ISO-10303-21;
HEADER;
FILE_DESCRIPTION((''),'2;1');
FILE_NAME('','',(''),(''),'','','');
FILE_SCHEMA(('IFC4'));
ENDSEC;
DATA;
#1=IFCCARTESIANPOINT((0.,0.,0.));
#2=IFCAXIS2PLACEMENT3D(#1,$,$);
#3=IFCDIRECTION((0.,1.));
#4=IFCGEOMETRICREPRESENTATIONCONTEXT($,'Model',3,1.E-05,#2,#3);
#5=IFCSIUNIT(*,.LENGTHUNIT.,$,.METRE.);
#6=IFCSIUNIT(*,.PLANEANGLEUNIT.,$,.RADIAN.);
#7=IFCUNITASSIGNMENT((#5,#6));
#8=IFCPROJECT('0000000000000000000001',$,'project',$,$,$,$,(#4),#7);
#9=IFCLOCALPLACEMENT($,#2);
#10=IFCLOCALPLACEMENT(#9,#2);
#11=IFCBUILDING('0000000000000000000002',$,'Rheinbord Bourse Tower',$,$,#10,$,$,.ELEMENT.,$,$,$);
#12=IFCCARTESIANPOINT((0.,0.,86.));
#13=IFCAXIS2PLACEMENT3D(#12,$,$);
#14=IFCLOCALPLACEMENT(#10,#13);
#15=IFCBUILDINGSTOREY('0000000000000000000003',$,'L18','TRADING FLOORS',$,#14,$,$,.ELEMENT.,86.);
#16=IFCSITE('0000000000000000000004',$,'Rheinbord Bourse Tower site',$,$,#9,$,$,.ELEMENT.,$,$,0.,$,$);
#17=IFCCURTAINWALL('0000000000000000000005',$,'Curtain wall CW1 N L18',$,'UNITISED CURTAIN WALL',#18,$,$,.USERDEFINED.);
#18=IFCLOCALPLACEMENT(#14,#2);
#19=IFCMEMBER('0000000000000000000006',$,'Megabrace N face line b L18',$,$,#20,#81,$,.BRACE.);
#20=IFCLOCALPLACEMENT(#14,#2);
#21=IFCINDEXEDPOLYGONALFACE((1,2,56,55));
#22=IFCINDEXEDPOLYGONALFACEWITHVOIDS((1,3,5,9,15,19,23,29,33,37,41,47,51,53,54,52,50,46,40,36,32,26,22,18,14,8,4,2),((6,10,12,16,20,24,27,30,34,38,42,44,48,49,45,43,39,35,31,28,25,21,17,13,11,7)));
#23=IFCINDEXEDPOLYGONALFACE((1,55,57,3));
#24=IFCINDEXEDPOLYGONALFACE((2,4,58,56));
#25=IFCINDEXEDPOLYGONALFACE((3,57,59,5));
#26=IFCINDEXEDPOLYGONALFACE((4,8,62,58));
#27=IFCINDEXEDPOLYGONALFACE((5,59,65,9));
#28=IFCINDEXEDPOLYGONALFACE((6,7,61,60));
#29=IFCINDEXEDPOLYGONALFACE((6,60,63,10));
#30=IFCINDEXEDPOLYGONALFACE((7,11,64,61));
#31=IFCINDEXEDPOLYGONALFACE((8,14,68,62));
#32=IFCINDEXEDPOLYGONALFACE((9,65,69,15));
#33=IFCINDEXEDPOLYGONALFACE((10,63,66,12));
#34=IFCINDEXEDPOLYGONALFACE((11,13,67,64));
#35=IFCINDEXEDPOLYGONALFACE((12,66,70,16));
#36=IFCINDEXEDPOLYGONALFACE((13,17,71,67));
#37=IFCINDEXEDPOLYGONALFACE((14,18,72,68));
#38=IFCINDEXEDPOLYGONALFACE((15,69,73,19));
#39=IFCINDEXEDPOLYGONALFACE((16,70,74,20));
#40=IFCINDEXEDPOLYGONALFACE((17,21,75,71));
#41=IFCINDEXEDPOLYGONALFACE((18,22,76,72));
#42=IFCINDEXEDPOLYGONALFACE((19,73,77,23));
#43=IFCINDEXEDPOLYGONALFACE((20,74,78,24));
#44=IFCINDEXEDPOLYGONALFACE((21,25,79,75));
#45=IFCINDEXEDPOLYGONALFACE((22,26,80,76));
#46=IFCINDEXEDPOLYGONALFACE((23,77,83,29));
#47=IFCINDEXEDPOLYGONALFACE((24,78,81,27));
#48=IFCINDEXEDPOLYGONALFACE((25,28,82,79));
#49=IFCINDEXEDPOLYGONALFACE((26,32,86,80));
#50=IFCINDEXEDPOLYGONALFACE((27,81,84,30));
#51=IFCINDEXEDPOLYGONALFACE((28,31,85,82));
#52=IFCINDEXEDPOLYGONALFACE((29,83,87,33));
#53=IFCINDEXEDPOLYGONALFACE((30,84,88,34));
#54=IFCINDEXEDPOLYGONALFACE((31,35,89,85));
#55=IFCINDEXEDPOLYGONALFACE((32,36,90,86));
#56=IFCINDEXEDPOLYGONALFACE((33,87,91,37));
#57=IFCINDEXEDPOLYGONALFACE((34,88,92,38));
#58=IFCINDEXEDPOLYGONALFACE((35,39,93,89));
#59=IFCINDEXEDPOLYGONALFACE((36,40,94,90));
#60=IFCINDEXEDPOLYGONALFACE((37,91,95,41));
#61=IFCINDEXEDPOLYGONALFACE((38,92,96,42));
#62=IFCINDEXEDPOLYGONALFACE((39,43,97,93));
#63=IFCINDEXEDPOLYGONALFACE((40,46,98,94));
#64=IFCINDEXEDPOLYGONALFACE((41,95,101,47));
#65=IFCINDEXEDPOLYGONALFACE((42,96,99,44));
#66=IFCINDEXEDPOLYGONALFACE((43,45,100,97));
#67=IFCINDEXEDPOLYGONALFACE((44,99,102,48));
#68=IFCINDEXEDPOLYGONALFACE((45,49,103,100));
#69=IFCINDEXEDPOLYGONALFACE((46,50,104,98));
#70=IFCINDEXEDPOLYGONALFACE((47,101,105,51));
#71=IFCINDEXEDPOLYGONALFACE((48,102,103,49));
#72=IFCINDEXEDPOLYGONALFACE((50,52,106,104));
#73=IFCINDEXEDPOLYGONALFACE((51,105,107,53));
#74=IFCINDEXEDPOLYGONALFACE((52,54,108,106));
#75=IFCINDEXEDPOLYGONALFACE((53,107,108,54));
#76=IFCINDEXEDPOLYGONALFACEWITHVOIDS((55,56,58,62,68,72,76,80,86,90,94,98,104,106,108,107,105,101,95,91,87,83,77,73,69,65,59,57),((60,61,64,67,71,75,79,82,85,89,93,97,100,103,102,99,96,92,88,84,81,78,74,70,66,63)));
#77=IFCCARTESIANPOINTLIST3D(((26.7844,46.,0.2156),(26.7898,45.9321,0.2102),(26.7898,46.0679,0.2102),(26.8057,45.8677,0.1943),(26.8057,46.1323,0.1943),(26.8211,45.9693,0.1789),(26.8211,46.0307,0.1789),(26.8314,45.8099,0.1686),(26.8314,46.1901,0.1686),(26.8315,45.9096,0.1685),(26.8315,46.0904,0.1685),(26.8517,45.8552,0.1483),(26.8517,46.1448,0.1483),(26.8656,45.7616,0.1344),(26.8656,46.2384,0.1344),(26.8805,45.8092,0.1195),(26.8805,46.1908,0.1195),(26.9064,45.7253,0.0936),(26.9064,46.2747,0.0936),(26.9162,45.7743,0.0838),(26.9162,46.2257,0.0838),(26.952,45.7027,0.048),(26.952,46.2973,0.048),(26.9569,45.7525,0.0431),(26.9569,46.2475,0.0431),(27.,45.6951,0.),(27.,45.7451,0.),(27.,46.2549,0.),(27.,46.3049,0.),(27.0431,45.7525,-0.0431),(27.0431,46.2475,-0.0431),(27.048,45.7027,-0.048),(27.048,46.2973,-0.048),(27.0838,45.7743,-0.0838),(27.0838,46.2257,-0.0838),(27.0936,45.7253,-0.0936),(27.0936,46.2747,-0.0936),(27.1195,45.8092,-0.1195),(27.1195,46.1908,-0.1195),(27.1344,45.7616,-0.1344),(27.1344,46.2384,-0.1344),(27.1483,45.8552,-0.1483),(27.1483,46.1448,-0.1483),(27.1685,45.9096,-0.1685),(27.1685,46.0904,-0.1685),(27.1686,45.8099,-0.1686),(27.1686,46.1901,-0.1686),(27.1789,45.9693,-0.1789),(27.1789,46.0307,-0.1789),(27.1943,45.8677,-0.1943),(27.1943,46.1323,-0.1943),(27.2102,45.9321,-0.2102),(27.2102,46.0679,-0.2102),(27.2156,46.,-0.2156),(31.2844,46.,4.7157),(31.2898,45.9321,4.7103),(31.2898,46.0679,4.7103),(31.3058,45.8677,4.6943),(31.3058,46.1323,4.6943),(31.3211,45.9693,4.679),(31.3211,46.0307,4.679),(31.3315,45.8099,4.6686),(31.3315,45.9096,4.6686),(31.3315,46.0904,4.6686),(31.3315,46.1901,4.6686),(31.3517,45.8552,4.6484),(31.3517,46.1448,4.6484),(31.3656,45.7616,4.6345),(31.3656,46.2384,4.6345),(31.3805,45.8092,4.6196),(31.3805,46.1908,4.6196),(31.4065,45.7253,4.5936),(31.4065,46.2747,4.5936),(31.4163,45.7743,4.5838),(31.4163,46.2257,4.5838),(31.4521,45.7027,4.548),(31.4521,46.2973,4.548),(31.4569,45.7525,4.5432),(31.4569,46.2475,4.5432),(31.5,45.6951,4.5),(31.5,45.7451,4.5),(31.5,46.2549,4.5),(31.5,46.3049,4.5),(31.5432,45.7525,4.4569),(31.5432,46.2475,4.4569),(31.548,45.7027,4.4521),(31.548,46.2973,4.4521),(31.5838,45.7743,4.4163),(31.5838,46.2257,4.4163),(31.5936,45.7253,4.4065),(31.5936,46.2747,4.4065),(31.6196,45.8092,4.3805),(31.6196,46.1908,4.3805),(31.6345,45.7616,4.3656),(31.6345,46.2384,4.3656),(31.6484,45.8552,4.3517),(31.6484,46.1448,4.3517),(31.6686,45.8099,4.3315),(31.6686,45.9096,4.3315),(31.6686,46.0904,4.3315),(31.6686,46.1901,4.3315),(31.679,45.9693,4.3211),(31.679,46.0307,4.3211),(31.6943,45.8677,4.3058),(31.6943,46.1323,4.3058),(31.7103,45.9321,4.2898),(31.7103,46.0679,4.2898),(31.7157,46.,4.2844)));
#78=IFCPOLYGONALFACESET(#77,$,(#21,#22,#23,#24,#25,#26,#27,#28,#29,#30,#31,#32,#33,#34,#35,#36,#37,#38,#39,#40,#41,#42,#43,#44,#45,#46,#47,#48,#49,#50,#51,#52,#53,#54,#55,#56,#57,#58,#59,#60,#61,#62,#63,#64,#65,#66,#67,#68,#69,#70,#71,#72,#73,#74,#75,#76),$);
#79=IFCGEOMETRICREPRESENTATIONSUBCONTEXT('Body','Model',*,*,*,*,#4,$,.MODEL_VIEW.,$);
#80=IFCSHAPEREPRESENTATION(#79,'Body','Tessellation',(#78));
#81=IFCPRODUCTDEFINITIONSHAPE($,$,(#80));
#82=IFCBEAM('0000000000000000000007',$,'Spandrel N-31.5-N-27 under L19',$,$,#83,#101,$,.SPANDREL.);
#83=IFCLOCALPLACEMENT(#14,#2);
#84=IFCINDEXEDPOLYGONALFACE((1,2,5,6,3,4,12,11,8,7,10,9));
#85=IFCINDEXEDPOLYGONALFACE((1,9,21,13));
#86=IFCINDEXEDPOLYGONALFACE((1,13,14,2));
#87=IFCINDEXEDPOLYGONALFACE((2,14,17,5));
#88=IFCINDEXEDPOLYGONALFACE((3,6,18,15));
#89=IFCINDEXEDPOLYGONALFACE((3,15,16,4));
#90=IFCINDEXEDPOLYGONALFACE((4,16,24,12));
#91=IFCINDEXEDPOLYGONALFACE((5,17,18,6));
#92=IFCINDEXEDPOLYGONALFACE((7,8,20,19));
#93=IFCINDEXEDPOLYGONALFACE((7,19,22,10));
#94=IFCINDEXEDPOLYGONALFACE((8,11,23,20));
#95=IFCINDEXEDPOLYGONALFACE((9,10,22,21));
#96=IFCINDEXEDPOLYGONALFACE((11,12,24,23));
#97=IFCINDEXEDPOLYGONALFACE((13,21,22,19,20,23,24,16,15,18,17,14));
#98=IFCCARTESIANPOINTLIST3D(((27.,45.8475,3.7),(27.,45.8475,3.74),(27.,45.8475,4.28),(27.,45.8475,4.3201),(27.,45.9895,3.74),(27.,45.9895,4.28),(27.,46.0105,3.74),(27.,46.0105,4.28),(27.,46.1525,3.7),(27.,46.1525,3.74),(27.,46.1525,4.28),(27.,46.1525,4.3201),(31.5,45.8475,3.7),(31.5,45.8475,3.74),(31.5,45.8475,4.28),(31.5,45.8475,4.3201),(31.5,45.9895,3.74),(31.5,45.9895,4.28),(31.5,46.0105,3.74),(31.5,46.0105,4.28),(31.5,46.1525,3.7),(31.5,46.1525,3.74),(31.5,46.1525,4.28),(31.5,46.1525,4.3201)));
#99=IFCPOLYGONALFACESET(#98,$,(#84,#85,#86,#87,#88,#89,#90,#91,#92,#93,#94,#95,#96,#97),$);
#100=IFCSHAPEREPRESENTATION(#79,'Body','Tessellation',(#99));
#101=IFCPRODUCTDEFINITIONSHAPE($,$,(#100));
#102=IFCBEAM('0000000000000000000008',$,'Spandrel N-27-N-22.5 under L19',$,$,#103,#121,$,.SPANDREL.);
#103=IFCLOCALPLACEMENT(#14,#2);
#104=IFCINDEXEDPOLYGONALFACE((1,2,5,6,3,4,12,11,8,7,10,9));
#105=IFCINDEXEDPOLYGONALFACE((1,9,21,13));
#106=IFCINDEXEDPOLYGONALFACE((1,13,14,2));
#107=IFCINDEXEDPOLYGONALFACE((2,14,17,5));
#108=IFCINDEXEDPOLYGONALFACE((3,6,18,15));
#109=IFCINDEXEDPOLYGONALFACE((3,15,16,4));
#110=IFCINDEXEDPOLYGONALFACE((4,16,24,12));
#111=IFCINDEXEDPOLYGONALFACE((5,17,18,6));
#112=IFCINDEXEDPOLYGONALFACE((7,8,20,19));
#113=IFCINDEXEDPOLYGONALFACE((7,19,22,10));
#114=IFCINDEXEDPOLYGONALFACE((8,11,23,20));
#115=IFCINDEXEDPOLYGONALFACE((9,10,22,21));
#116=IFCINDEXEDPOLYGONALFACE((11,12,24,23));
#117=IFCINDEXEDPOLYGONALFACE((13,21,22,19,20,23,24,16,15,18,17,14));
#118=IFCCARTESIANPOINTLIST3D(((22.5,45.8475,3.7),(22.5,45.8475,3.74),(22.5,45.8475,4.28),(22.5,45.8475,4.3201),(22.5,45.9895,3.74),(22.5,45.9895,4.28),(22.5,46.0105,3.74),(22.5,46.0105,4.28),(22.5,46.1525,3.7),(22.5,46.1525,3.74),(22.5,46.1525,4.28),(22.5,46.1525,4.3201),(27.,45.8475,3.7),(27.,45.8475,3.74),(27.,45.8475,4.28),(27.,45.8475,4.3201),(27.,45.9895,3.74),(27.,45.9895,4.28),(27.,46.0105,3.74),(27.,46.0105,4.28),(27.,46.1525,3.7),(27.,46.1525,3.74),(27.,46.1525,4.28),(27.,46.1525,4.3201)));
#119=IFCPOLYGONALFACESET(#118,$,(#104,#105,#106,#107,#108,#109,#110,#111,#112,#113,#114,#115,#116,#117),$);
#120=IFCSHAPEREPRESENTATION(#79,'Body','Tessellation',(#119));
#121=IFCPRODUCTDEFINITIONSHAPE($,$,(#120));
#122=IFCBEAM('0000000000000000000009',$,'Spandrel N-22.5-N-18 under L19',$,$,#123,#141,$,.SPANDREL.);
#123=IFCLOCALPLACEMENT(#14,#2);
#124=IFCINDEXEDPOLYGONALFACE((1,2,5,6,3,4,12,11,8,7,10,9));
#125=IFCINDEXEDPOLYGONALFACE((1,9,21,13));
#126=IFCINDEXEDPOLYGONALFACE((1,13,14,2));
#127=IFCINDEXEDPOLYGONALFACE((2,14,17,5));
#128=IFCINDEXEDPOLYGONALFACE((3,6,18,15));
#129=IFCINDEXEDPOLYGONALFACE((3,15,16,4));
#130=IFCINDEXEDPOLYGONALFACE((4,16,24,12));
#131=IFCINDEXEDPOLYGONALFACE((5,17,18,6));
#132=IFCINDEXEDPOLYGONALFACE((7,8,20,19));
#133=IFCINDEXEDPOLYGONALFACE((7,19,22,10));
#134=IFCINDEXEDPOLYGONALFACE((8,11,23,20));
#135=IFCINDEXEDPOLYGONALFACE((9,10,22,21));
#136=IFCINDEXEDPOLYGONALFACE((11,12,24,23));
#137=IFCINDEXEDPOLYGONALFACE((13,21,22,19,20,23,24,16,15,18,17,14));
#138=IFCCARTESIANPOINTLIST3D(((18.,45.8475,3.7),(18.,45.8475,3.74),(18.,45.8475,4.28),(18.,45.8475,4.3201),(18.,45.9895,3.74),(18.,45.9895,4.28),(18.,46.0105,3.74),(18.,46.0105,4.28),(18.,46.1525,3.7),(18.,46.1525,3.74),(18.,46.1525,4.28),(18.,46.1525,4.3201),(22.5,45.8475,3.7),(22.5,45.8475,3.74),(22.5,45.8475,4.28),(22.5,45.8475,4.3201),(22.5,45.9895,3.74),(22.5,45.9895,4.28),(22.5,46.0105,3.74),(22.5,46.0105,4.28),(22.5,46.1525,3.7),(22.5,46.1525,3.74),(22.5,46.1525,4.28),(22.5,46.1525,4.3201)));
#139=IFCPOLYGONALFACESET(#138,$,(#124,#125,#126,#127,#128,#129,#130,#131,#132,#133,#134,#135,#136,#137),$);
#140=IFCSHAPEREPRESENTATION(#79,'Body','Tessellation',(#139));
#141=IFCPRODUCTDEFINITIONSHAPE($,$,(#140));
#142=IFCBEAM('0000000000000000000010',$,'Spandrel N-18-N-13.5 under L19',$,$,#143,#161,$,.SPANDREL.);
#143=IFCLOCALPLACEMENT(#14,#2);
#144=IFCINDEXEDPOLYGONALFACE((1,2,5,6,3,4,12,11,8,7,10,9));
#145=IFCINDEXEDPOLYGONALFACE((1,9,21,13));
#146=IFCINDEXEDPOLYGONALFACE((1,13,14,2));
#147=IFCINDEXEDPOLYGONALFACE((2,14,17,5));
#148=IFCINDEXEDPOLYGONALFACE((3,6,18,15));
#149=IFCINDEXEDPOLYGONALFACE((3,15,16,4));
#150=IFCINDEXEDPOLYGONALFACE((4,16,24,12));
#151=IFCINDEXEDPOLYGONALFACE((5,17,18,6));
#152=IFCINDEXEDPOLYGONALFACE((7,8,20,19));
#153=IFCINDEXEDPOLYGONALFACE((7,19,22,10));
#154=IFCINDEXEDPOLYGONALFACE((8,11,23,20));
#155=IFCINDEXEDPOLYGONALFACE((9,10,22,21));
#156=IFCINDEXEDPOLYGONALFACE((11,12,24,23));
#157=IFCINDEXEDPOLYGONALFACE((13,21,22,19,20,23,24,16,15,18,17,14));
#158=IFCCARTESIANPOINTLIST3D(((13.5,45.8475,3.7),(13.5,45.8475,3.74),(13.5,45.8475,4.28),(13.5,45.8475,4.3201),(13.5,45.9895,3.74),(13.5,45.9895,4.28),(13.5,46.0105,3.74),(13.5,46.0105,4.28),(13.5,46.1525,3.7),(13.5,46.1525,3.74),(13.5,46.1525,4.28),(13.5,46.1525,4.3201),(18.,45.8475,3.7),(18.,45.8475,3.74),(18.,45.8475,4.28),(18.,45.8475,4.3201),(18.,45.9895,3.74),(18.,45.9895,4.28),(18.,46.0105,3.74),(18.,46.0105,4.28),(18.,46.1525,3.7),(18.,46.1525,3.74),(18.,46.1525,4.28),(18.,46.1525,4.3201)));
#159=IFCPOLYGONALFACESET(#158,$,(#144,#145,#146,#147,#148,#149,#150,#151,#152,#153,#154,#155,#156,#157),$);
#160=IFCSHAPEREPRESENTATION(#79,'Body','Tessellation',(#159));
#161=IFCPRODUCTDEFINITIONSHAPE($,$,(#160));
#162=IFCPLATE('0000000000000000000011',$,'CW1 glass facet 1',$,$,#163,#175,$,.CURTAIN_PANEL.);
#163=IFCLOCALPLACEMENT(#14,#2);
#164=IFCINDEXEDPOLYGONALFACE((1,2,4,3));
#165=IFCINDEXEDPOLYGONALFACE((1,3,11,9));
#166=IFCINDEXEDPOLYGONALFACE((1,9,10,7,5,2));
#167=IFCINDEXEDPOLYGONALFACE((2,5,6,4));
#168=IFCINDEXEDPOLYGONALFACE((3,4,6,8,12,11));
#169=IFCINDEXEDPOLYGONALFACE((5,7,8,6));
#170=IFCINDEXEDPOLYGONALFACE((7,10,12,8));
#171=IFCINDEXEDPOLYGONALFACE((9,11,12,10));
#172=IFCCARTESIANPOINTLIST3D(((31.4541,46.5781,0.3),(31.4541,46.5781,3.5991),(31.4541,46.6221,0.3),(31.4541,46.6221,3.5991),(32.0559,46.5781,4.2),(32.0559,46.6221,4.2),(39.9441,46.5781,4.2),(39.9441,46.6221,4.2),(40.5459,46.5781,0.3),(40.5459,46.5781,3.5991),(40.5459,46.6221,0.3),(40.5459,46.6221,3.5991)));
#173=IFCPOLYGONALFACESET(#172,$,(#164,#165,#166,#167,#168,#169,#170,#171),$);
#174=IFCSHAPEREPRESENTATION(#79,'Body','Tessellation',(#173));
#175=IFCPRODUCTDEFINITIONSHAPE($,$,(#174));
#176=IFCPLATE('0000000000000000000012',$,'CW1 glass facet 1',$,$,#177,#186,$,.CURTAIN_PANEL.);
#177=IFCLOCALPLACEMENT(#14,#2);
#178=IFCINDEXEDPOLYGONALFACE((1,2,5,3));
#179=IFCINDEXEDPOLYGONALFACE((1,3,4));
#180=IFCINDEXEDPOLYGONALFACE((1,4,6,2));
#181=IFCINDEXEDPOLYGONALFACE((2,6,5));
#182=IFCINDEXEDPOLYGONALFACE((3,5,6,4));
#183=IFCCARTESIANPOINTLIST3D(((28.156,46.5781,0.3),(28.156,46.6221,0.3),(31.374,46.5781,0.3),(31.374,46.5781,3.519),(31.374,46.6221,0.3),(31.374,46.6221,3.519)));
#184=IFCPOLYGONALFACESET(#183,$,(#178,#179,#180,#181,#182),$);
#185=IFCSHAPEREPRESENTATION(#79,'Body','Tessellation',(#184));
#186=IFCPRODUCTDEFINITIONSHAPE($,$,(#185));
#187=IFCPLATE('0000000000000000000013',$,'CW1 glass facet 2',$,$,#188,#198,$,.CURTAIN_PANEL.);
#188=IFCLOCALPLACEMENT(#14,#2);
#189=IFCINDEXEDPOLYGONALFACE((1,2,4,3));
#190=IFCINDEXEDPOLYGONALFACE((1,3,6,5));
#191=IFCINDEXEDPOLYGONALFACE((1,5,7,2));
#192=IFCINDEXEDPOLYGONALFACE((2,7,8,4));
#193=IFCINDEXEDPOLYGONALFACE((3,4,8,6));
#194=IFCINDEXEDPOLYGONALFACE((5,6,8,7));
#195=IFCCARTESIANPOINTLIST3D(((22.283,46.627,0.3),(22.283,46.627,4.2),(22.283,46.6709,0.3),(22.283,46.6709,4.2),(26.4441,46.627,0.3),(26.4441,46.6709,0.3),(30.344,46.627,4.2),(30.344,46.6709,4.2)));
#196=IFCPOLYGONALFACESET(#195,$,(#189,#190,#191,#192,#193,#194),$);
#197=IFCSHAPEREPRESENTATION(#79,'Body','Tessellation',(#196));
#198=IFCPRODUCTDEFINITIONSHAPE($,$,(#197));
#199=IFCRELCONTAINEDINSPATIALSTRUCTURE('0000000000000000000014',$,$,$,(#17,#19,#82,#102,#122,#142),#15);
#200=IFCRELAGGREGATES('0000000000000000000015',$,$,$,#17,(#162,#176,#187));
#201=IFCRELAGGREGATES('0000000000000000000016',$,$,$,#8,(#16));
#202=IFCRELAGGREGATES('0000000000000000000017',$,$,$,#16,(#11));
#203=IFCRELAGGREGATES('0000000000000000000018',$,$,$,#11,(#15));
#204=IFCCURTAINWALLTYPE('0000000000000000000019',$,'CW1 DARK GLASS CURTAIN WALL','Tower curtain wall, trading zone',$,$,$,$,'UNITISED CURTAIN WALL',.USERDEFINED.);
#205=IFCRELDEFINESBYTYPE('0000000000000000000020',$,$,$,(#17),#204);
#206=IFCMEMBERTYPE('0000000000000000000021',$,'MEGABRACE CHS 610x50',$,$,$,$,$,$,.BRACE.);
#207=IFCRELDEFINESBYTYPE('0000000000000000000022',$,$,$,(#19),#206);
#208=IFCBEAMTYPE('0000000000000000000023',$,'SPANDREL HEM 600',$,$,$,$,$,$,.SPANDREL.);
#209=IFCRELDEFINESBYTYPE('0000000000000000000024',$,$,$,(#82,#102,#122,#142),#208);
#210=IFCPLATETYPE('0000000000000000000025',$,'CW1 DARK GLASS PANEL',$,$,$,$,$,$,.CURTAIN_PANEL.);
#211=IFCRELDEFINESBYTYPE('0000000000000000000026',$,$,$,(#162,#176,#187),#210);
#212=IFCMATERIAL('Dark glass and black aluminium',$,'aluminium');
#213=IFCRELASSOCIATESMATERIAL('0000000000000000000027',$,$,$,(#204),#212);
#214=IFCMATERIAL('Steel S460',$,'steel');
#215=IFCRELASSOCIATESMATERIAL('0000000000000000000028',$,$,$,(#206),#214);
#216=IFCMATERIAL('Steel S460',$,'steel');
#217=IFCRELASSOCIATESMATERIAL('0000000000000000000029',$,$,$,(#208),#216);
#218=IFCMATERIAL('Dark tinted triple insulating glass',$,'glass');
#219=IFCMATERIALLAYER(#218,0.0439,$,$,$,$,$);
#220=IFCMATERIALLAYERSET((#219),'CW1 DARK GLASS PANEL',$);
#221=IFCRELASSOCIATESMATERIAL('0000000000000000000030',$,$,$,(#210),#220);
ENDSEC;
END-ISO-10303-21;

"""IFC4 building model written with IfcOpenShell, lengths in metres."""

from ifc_helpers import new_model, si_unit, direction, frame, origin, origin_2d, place, context, subcontext, project, spatial, polyline, hollow_circle, i_section, outline, extrude, material, layer, layer_set, material_profile, profile_set, type_object, element, aggregate, save


model = new_model("IFC4")

# Units and contexts
model_context = context("Model", 3, precision=1e-05, world=origin(), true_north=direction((0.0, 1.0)))
body_context = subcontext(model_context, "Body", "Model", "MODEL_VIEW")
ifc_project = project(units=[si_unit("LENGTHUNIT", "METRE"), si_unit("PLANEANGLEUNIT", "RADIAN")], contexts=[model_context])

# Site, building, storey
site_placement = place(None, origin())
site = spatial("IfcSite", under=ifc_project, at=site_placement, Name="Rheinbord Bourse Tower site", CompositionType="ELEMENT", RefElevation=0.0)
building_placement = place(site_placement, origin())
building = spatial("IfcBuilding", under=site, at=building_placement, Name="Rheinbord Bourse Tower", CompositionType="ELEMENT")
storey_placement = place(building_placement, frame((0.0, 0.0, 86.0)))
storey = spatial("IfcBuildingStorey", under=building, at=storey_placement, Name="L18", Description="TRADING FLOORS", CompositionType="ELEMENT", Elevation=86.0)

# Curtain wall
ifc_material_1 = material(Name="Dark glass and black aluminium", Category="aluminium")
curtain_wall_type = type_object("IfcCurtainWallType", Name="CW1 DARK GLASS CURTAIN WALL", Description="Tower curtain wall, trading zone", ElementType="UNITISED CURTAIN WALL", PredefinedType="USERDEFINED", material=ifc_material_1)
curtain_wall_placement = place(storey_placement, origin())
curtain_wall = element("IfcCurtainWall", 1, at=curtain_wall_placement, inside=storey, type_object=curtain_wall_type, Name="Curtain wall CW1 N L18", ObjectType="UNITISED CURTAIN WALL", PredefinedType="USERDEFINED")

# Member
ifc_material_2 = material(Name="Steel S460", Category="steel")
ifc_material_profile_1 = material_profile(ifc_material_2, hollow_circle(Radius=0.3049, WallThickness=0.05, at=origin_2d()), Name="CHS 610x50")
ifc_profile_set_1 = profile_set([ifc_material_profile_1], Name="Steel S460")
member_type_1 = type_object("IfcMemberType", Name="MEGABRACE CHS 610x50", PredefinedType="BRACE", material=ifc_profile_set_1)
member_1_placement = place(storey_placement, frame((27.0, 46.0, 0.0), z_axis=(0.707107, 0.0, 0.707107), x_axis=(0.0, 1.0, 0.0)))
element("IfcMember", 2, at=member_1_placement, inside=storey, type_object=member_type_1, Name="Megabrace N face line b L18", PredefinedType="BRACE", context=body_context, shape_type="SweptSolid", body=[
    extrude(hollow_circle(Radius=0.3049, WallThickness=0.05, at=origin_2d()), origin(), (0.0, 0.0, 1.0), 6.364),
])

# Beams
ifc_material_3 = material(Name="Steel S460", Category="steel")
ifc_material_profile_2 = material_profile(ifc_material_3, i_section(OverallWidth=0.3049, OverallDepth=0.6201, WebThickness=0.021, FlangeThickness=0.04, at=origin_2d()), Name="HEM 600")
ifc_profile_set_2 = profile_set([ifc_material_profile_2], Name="Steel S460")
beam_type_1 = type_object("IfcBeamType", Name="SPANDREL HEM 600", PredefinedType="SPANDREL", material=ifc_profile_set_2)
for number, where, z_axis, x_axis, name in (
    (3, (31.5, 46.0, 4.01), (-1.0, 0.0, 0.0), (0.0, -1.0, 0.0), "Spandrel N-31.5-N-27 under L19"),
    (4, (27.0, 46.0, 4.01), (-1.0, 0.0, 0.0), (0.0, -1.0, 0.0), "Spandrel N-27-N-22.5 under L19"),
    (5, (22.5, 46.0, 4.01), (-1.0, 0.0, 0.0), (0.0, -1.0, 0.0), "Spandrel N-22.5-N-18 under L19"),
    (6, (18.0, 46.0, 4.01), (-1.0, 0.0, 0.0), (0.0, -1.0, 0.0), "Spandrel N-18-N-13.5 under L19"),
):
    element("IfcBeam", number, at=place(storey_placement, frame(where, z_axis=z_axis, x_axis=x_axis)), inside=storey, type_object=beam_type_1, Name=name, PredefinedType="SPANDREL", context=body_context, shape_type="SweptSolid", body=[
        extrude(i_section(OverallWidth=0.3049, OverallDepth=0.6201, WebThickness=0.021, FlangeThickness=0.04, at=origin_2d()), origin(), (0.0, 0.0, 1.0), 4.5),
    ])

# Plates
ifc_material_4 = material(Name="Dark tinted triple insulating glass", Category="glass")
ifc_layer_1 = layer(ifc_material_4, 0.0439)
ifc_layer_set_1 = layer_set([ifc_layer_1], Name="CW1 DARK GLASS PANEL")
plate_type = type_object("IfcPlateType", Name="CW1 DARK GLASS PANEL", PredefinedType="CURTAIN_PANEL", material=ifc_layer_set_1)
plate_1_placement = place(storey_placement, frame((31.4541, 46.6221, 0.3), z_axis=(0.0, -1.0, 0.0), x_axis=(1.0, 0.0, 0.0)))
plate_1 = element("IfcPlate", 7, at=plate_1_placement, type_object=plate_type, Name="CW1 glass facet 1", PredefinedType="CURTAIN_PANEL", context=body_context, shape_type="SweptSolid", body=[
    extrude(outline(polyline([(0.0, 0.0), (9.0918, 0.0), (9.0918, 3.2991), (8.49, 3.8999), (0.6018, 3.8999), (0.0, 3.2991), (0.0, 0.0)])), origin(), (0.0, 0.0, 1.0), 0.0439),
])
plate_2_placement = place(storey_placement, frame((31.374, 46.6221, 0.3), z_axis=(0.0, -1.0, 0.0), x_axis=(0.0, 0.0, 1.0)))
plate_2 = element("IfcPlate", 8, at=plate_2_placement, type_object=plate_type, Name="CW1 glass facet 1", PredefinedType="CURTAIN_PANEL", context=body_context, shape_type="SweptSolid", body=[
    extrude(outline(polyline([(0.0, 0.0), (3.219, 0.0), (0.0, 3.218), (0.0, 0.0)])), origin(), (0.0, 0.0, 1.0), 0.0439),
])
plate_3_placement = place(storey_placement, frame((22.283, 46.6709, 4.2), z_axis=(0.0, -1.0, 0.0), x_axis=(0.0, 0.0, -1.0)))
plate_3 = element("IfcPlate", 9, at=plate_3_placement, type_object=plate_type, Name="CW1 glass facet 2", PredefinedType="CURTAIN_PANEL", context=body_context, shape_type="SweptSolid", body=[
    extrude(outline(polyline([(0.0, 0.0), (3.8999, 0.0), (3.8999, 4.1611), (0.0, 8.061), (0.0, 0.0)])), origin(), (0.0, 0.0, 1.0), 0.0439),
])
aggregate(curtain_wall, [plate_1, plate_2, plate_3])

save(model, "model.ifc")
